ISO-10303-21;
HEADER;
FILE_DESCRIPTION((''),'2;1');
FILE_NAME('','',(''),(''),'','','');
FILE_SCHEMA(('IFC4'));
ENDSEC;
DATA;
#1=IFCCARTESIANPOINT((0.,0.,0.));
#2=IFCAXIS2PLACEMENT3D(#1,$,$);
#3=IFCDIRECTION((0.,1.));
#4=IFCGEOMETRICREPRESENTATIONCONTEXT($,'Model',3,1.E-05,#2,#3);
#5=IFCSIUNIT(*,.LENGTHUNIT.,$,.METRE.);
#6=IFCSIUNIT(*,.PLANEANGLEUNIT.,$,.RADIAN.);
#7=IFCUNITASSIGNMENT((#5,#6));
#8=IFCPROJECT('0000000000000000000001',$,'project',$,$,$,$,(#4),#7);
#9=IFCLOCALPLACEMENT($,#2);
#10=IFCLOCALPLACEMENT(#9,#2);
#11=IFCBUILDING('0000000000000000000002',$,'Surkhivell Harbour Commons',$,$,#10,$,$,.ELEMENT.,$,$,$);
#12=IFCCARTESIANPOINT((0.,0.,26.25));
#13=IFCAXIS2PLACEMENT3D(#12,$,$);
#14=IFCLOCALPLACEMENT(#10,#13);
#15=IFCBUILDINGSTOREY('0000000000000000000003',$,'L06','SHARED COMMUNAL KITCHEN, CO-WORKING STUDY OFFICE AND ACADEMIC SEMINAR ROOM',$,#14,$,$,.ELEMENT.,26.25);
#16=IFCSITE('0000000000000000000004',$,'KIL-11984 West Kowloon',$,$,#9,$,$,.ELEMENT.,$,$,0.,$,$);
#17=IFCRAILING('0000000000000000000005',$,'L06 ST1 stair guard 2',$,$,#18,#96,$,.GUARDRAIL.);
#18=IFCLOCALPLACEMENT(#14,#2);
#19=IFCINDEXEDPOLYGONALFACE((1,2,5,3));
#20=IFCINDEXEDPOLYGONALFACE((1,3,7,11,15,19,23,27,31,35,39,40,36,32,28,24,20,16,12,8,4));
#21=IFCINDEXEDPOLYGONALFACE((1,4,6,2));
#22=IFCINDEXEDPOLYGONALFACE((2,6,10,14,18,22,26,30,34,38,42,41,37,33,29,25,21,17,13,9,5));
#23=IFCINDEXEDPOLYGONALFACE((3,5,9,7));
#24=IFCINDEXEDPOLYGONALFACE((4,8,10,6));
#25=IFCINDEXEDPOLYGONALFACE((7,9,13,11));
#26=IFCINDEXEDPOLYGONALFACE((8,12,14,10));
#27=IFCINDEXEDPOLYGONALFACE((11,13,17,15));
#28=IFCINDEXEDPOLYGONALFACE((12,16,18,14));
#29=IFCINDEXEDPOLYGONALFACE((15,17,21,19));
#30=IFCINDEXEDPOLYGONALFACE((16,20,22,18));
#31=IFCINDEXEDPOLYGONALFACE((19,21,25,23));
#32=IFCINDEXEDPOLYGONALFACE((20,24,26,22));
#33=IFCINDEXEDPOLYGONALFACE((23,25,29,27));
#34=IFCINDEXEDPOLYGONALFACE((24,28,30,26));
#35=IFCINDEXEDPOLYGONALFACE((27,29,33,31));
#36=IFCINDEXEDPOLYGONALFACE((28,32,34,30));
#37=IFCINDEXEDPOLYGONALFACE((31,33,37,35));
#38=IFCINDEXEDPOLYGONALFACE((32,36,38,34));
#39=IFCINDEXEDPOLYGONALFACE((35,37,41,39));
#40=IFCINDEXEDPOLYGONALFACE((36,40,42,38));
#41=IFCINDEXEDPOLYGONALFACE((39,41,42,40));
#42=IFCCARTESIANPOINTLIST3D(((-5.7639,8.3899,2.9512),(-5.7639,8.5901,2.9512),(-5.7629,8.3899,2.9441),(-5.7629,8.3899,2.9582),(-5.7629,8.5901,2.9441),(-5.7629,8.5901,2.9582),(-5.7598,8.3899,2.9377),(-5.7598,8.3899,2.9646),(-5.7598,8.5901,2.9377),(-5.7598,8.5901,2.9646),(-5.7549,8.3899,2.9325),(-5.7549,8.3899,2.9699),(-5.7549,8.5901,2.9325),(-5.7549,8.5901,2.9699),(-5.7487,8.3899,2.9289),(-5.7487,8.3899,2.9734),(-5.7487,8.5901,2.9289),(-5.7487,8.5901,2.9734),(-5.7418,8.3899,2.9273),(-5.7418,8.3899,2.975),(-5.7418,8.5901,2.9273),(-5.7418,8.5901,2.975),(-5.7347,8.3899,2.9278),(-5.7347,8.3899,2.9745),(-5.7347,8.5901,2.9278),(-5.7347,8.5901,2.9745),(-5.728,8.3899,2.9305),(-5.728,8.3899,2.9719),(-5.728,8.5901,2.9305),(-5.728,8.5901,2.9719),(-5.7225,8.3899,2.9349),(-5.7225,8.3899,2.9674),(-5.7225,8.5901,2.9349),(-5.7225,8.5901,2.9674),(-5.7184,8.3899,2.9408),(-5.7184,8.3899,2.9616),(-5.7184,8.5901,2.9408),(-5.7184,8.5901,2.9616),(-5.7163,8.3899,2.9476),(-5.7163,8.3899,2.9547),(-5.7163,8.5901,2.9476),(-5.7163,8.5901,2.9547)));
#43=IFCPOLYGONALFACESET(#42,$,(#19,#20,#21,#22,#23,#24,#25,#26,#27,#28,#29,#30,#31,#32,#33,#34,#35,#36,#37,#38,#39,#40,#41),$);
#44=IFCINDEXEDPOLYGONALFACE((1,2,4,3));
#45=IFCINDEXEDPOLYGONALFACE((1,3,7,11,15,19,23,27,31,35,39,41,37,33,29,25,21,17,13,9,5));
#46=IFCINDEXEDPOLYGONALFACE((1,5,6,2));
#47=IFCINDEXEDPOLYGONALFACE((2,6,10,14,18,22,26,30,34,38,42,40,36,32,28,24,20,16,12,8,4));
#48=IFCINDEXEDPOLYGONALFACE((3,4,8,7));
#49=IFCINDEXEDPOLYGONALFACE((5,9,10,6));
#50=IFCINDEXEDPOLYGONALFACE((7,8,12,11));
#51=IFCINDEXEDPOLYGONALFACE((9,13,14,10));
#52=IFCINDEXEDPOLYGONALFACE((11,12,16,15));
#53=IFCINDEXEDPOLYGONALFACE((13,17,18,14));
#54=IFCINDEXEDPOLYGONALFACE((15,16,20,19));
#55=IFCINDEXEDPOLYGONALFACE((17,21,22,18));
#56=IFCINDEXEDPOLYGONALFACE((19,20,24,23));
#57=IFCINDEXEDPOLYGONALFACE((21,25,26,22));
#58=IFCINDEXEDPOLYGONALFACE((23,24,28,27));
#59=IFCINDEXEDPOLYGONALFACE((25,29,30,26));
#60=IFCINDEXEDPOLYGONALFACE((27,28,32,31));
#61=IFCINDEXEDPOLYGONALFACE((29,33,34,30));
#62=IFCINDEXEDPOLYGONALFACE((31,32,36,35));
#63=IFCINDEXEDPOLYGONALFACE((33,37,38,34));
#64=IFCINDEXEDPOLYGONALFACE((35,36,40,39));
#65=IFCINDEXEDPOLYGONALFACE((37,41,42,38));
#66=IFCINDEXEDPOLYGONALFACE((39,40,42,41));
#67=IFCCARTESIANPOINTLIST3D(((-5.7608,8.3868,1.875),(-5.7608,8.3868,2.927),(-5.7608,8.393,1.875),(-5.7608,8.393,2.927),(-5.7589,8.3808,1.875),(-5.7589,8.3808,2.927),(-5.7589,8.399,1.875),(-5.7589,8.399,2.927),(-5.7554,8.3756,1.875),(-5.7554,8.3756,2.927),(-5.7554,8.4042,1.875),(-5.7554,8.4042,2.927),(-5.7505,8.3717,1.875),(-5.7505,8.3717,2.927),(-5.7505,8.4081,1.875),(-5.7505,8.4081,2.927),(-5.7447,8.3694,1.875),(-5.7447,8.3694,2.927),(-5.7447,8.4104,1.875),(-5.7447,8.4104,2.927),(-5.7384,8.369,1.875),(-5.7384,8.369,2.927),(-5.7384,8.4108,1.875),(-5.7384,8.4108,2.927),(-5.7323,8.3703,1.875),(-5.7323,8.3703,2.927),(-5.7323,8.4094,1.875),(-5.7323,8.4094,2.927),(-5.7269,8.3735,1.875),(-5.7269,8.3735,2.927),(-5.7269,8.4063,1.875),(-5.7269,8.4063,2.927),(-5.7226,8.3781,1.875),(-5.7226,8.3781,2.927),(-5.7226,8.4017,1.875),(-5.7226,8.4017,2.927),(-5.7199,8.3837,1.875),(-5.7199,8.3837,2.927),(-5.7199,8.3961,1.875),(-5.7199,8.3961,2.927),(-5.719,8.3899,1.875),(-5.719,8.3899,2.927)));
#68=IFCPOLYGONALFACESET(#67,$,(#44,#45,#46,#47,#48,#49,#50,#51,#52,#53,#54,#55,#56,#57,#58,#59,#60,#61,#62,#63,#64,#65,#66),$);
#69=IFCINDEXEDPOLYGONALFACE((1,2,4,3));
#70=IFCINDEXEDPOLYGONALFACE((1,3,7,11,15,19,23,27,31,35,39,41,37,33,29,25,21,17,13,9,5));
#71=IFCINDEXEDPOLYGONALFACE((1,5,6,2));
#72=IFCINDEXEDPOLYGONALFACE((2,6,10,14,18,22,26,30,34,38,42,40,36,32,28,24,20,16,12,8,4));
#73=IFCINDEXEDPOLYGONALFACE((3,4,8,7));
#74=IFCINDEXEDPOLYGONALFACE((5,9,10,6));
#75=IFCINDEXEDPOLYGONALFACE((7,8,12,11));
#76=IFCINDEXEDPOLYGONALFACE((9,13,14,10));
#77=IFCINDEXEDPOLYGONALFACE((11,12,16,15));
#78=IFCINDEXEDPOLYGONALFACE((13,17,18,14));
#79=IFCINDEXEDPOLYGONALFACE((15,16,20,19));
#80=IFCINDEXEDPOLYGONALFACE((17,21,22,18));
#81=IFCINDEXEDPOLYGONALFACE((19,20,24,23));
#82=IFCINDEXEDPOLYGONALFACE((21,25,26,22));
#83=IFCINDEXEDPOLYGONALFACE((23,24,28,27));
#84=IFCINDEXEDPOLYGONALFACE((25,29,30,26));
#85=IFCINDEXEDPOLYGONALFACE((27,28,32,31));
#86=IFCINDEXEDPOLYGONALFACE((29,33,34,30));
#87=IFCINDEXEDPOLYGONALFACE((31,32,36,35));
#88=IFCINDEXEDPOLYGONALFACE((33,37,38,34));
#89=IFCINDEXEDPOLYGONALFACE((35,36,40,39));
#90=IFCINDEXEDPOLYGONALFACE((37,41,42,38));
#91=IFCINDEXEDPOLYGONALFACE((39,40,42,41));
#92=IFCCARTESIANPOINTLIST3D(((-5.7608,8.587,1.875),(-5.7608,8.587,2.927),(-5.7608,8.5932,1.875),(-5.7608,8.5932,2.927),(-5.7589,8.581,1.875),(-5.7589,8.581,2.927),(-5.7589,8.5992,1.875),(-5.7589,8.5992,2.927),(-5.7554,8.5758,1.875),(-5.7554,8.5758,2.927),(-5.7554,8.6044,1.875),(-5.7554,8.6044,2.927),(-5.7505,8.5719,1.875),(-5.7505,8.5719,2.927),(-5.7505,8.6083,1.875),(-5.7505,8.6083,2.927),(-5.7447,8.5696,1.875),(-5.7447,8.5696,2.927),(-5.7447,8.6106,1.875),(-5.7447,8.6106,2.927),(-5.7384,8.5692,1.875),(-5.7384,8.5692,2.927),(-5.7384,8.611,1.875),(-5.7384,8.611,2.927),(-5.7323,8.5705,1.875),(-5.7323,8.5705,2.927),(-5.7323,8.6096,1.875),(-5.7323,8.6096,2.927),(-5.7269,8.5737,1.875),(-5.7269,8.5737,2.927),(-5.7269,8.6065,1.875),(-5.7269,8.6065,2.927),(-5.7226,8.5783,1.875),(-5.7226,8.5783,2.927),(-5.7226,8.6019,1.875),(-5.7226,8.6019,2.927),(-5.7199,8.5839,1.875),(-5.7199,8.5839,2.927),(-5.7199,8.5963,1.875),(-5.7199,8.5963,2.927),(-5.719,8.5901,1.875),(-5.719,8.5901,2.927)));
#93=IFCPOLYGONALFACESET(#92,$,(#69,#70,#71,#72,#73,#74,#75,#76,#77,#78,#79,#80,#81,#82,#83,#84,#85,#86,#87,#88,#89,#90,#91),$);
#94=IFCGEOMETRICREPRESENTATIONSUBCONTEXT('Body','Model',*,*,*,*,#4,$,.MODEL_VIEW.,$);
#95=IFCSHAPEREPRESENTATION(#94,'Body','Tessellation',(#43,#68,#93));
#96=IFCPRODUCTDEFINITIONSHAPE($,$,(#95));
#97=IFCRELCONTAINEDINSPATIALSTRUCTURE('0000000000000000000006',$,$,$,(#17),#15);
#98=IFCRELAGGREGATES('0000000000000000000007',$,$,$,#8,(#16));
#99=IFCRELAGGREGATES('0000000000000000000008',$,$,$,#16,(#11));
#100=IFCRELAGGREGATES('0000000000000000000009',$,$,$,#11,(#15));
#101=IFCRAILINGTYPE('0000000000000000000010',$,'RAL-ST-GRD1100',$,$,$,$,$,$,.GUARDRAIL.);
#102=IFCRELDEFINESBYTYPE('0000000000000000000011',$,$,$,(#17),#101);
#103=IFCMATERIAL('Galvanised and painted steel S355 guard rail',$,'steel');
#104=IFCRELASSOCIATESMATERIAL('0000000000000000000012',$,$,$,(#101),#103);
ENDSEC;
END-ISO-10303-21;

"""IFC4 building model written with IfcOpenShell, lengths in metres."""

from ifc_helpers import new_model, si_unit, direction, frame, origin, origin_2d, place, context, subcontext, project, spatial, circle, extrude, material, type_object, element, save


model = new_model("IFC4")

# Units and contexts
model_context = context("Model", 3, precision=1e-05, world=origin(), true_north=direction((0.0, 1.0)))
body_context = subcontext(model_context, "Body", "Model", "MODEL_VIEW")
ifc_project = project(units=[si_unit("LENGTHUNIT", "METRE"), si_unit("PLANEANGLEUNIT", "RADIAN")], contexts=[model_context])

# Site, building, storey
site_placement = place(None, origin())
site = spatial("IfcSite", under=ifc_project, at=site_placement, Name="KIL-11984 West Kowloon", CompositionType="ELEMENT", RefElevation=0.0)
building_placement = place(site_placement, origin())
building = spatial("IfcBuilding", under=site, at=building_placement, Name="Surkhivell Harbour Commons", CompositionType="ELEMENT")
storey_placement = place(building_placement, frame((0.0, 0.0, 26.25)))
storey = spatial("IfcBuildingStorey", under=building, at=storey_placement, Name="L06", Description="SHARED COMMUNAL KITCHEN, CO-WORKING STUDY OFFICE AND ACADEMIC SEMINAR ROOM", CompositionType="ELEMENT", Elevation=26.25)

# Railing
ifc_material_1 = material(Name="Galvanised and painted steel S355 guard rail", Category="steel")
railing_type_1 = type_object("IfcRailingType", Name="RAL-ST-GRD1100", PredefinedType="GUARDRAIL", material=ifc_material_1)
railing_1_placement = place(storey_placement, frame((-5.74, 8.3899, 1.875)))
element("IfcRailing", 1, at=railing_1_placement, inside=storey, type_object=railing_type_1, Name="L06 ST1 stair guard 2", PredefinedType="GUARDRAIL", context=body_context, shape_type="SweptSolid", body=[
    extrude(circle(Radius=0.0239, at=origin_2d()), frame((0.0, 0.0, 1.0762), z_axis=(0.0, 1.0, 0.0), x_axis=(-1.0, 0.0, 0.0)), (0.0, 0.0, 1.0), 0.2002),
    extrude(circle(Radius=0.021, at=origin_2d()), origin(), (0.0, 0.0, 1.0), 1.052),
    extrude(circle(Radius=0.021, at=origin_2d()), frame((0.0, 0.2002, 0.0)), (0.0, 0.0, 1.0), 1.052),
])

save(model, "model.ifc")
